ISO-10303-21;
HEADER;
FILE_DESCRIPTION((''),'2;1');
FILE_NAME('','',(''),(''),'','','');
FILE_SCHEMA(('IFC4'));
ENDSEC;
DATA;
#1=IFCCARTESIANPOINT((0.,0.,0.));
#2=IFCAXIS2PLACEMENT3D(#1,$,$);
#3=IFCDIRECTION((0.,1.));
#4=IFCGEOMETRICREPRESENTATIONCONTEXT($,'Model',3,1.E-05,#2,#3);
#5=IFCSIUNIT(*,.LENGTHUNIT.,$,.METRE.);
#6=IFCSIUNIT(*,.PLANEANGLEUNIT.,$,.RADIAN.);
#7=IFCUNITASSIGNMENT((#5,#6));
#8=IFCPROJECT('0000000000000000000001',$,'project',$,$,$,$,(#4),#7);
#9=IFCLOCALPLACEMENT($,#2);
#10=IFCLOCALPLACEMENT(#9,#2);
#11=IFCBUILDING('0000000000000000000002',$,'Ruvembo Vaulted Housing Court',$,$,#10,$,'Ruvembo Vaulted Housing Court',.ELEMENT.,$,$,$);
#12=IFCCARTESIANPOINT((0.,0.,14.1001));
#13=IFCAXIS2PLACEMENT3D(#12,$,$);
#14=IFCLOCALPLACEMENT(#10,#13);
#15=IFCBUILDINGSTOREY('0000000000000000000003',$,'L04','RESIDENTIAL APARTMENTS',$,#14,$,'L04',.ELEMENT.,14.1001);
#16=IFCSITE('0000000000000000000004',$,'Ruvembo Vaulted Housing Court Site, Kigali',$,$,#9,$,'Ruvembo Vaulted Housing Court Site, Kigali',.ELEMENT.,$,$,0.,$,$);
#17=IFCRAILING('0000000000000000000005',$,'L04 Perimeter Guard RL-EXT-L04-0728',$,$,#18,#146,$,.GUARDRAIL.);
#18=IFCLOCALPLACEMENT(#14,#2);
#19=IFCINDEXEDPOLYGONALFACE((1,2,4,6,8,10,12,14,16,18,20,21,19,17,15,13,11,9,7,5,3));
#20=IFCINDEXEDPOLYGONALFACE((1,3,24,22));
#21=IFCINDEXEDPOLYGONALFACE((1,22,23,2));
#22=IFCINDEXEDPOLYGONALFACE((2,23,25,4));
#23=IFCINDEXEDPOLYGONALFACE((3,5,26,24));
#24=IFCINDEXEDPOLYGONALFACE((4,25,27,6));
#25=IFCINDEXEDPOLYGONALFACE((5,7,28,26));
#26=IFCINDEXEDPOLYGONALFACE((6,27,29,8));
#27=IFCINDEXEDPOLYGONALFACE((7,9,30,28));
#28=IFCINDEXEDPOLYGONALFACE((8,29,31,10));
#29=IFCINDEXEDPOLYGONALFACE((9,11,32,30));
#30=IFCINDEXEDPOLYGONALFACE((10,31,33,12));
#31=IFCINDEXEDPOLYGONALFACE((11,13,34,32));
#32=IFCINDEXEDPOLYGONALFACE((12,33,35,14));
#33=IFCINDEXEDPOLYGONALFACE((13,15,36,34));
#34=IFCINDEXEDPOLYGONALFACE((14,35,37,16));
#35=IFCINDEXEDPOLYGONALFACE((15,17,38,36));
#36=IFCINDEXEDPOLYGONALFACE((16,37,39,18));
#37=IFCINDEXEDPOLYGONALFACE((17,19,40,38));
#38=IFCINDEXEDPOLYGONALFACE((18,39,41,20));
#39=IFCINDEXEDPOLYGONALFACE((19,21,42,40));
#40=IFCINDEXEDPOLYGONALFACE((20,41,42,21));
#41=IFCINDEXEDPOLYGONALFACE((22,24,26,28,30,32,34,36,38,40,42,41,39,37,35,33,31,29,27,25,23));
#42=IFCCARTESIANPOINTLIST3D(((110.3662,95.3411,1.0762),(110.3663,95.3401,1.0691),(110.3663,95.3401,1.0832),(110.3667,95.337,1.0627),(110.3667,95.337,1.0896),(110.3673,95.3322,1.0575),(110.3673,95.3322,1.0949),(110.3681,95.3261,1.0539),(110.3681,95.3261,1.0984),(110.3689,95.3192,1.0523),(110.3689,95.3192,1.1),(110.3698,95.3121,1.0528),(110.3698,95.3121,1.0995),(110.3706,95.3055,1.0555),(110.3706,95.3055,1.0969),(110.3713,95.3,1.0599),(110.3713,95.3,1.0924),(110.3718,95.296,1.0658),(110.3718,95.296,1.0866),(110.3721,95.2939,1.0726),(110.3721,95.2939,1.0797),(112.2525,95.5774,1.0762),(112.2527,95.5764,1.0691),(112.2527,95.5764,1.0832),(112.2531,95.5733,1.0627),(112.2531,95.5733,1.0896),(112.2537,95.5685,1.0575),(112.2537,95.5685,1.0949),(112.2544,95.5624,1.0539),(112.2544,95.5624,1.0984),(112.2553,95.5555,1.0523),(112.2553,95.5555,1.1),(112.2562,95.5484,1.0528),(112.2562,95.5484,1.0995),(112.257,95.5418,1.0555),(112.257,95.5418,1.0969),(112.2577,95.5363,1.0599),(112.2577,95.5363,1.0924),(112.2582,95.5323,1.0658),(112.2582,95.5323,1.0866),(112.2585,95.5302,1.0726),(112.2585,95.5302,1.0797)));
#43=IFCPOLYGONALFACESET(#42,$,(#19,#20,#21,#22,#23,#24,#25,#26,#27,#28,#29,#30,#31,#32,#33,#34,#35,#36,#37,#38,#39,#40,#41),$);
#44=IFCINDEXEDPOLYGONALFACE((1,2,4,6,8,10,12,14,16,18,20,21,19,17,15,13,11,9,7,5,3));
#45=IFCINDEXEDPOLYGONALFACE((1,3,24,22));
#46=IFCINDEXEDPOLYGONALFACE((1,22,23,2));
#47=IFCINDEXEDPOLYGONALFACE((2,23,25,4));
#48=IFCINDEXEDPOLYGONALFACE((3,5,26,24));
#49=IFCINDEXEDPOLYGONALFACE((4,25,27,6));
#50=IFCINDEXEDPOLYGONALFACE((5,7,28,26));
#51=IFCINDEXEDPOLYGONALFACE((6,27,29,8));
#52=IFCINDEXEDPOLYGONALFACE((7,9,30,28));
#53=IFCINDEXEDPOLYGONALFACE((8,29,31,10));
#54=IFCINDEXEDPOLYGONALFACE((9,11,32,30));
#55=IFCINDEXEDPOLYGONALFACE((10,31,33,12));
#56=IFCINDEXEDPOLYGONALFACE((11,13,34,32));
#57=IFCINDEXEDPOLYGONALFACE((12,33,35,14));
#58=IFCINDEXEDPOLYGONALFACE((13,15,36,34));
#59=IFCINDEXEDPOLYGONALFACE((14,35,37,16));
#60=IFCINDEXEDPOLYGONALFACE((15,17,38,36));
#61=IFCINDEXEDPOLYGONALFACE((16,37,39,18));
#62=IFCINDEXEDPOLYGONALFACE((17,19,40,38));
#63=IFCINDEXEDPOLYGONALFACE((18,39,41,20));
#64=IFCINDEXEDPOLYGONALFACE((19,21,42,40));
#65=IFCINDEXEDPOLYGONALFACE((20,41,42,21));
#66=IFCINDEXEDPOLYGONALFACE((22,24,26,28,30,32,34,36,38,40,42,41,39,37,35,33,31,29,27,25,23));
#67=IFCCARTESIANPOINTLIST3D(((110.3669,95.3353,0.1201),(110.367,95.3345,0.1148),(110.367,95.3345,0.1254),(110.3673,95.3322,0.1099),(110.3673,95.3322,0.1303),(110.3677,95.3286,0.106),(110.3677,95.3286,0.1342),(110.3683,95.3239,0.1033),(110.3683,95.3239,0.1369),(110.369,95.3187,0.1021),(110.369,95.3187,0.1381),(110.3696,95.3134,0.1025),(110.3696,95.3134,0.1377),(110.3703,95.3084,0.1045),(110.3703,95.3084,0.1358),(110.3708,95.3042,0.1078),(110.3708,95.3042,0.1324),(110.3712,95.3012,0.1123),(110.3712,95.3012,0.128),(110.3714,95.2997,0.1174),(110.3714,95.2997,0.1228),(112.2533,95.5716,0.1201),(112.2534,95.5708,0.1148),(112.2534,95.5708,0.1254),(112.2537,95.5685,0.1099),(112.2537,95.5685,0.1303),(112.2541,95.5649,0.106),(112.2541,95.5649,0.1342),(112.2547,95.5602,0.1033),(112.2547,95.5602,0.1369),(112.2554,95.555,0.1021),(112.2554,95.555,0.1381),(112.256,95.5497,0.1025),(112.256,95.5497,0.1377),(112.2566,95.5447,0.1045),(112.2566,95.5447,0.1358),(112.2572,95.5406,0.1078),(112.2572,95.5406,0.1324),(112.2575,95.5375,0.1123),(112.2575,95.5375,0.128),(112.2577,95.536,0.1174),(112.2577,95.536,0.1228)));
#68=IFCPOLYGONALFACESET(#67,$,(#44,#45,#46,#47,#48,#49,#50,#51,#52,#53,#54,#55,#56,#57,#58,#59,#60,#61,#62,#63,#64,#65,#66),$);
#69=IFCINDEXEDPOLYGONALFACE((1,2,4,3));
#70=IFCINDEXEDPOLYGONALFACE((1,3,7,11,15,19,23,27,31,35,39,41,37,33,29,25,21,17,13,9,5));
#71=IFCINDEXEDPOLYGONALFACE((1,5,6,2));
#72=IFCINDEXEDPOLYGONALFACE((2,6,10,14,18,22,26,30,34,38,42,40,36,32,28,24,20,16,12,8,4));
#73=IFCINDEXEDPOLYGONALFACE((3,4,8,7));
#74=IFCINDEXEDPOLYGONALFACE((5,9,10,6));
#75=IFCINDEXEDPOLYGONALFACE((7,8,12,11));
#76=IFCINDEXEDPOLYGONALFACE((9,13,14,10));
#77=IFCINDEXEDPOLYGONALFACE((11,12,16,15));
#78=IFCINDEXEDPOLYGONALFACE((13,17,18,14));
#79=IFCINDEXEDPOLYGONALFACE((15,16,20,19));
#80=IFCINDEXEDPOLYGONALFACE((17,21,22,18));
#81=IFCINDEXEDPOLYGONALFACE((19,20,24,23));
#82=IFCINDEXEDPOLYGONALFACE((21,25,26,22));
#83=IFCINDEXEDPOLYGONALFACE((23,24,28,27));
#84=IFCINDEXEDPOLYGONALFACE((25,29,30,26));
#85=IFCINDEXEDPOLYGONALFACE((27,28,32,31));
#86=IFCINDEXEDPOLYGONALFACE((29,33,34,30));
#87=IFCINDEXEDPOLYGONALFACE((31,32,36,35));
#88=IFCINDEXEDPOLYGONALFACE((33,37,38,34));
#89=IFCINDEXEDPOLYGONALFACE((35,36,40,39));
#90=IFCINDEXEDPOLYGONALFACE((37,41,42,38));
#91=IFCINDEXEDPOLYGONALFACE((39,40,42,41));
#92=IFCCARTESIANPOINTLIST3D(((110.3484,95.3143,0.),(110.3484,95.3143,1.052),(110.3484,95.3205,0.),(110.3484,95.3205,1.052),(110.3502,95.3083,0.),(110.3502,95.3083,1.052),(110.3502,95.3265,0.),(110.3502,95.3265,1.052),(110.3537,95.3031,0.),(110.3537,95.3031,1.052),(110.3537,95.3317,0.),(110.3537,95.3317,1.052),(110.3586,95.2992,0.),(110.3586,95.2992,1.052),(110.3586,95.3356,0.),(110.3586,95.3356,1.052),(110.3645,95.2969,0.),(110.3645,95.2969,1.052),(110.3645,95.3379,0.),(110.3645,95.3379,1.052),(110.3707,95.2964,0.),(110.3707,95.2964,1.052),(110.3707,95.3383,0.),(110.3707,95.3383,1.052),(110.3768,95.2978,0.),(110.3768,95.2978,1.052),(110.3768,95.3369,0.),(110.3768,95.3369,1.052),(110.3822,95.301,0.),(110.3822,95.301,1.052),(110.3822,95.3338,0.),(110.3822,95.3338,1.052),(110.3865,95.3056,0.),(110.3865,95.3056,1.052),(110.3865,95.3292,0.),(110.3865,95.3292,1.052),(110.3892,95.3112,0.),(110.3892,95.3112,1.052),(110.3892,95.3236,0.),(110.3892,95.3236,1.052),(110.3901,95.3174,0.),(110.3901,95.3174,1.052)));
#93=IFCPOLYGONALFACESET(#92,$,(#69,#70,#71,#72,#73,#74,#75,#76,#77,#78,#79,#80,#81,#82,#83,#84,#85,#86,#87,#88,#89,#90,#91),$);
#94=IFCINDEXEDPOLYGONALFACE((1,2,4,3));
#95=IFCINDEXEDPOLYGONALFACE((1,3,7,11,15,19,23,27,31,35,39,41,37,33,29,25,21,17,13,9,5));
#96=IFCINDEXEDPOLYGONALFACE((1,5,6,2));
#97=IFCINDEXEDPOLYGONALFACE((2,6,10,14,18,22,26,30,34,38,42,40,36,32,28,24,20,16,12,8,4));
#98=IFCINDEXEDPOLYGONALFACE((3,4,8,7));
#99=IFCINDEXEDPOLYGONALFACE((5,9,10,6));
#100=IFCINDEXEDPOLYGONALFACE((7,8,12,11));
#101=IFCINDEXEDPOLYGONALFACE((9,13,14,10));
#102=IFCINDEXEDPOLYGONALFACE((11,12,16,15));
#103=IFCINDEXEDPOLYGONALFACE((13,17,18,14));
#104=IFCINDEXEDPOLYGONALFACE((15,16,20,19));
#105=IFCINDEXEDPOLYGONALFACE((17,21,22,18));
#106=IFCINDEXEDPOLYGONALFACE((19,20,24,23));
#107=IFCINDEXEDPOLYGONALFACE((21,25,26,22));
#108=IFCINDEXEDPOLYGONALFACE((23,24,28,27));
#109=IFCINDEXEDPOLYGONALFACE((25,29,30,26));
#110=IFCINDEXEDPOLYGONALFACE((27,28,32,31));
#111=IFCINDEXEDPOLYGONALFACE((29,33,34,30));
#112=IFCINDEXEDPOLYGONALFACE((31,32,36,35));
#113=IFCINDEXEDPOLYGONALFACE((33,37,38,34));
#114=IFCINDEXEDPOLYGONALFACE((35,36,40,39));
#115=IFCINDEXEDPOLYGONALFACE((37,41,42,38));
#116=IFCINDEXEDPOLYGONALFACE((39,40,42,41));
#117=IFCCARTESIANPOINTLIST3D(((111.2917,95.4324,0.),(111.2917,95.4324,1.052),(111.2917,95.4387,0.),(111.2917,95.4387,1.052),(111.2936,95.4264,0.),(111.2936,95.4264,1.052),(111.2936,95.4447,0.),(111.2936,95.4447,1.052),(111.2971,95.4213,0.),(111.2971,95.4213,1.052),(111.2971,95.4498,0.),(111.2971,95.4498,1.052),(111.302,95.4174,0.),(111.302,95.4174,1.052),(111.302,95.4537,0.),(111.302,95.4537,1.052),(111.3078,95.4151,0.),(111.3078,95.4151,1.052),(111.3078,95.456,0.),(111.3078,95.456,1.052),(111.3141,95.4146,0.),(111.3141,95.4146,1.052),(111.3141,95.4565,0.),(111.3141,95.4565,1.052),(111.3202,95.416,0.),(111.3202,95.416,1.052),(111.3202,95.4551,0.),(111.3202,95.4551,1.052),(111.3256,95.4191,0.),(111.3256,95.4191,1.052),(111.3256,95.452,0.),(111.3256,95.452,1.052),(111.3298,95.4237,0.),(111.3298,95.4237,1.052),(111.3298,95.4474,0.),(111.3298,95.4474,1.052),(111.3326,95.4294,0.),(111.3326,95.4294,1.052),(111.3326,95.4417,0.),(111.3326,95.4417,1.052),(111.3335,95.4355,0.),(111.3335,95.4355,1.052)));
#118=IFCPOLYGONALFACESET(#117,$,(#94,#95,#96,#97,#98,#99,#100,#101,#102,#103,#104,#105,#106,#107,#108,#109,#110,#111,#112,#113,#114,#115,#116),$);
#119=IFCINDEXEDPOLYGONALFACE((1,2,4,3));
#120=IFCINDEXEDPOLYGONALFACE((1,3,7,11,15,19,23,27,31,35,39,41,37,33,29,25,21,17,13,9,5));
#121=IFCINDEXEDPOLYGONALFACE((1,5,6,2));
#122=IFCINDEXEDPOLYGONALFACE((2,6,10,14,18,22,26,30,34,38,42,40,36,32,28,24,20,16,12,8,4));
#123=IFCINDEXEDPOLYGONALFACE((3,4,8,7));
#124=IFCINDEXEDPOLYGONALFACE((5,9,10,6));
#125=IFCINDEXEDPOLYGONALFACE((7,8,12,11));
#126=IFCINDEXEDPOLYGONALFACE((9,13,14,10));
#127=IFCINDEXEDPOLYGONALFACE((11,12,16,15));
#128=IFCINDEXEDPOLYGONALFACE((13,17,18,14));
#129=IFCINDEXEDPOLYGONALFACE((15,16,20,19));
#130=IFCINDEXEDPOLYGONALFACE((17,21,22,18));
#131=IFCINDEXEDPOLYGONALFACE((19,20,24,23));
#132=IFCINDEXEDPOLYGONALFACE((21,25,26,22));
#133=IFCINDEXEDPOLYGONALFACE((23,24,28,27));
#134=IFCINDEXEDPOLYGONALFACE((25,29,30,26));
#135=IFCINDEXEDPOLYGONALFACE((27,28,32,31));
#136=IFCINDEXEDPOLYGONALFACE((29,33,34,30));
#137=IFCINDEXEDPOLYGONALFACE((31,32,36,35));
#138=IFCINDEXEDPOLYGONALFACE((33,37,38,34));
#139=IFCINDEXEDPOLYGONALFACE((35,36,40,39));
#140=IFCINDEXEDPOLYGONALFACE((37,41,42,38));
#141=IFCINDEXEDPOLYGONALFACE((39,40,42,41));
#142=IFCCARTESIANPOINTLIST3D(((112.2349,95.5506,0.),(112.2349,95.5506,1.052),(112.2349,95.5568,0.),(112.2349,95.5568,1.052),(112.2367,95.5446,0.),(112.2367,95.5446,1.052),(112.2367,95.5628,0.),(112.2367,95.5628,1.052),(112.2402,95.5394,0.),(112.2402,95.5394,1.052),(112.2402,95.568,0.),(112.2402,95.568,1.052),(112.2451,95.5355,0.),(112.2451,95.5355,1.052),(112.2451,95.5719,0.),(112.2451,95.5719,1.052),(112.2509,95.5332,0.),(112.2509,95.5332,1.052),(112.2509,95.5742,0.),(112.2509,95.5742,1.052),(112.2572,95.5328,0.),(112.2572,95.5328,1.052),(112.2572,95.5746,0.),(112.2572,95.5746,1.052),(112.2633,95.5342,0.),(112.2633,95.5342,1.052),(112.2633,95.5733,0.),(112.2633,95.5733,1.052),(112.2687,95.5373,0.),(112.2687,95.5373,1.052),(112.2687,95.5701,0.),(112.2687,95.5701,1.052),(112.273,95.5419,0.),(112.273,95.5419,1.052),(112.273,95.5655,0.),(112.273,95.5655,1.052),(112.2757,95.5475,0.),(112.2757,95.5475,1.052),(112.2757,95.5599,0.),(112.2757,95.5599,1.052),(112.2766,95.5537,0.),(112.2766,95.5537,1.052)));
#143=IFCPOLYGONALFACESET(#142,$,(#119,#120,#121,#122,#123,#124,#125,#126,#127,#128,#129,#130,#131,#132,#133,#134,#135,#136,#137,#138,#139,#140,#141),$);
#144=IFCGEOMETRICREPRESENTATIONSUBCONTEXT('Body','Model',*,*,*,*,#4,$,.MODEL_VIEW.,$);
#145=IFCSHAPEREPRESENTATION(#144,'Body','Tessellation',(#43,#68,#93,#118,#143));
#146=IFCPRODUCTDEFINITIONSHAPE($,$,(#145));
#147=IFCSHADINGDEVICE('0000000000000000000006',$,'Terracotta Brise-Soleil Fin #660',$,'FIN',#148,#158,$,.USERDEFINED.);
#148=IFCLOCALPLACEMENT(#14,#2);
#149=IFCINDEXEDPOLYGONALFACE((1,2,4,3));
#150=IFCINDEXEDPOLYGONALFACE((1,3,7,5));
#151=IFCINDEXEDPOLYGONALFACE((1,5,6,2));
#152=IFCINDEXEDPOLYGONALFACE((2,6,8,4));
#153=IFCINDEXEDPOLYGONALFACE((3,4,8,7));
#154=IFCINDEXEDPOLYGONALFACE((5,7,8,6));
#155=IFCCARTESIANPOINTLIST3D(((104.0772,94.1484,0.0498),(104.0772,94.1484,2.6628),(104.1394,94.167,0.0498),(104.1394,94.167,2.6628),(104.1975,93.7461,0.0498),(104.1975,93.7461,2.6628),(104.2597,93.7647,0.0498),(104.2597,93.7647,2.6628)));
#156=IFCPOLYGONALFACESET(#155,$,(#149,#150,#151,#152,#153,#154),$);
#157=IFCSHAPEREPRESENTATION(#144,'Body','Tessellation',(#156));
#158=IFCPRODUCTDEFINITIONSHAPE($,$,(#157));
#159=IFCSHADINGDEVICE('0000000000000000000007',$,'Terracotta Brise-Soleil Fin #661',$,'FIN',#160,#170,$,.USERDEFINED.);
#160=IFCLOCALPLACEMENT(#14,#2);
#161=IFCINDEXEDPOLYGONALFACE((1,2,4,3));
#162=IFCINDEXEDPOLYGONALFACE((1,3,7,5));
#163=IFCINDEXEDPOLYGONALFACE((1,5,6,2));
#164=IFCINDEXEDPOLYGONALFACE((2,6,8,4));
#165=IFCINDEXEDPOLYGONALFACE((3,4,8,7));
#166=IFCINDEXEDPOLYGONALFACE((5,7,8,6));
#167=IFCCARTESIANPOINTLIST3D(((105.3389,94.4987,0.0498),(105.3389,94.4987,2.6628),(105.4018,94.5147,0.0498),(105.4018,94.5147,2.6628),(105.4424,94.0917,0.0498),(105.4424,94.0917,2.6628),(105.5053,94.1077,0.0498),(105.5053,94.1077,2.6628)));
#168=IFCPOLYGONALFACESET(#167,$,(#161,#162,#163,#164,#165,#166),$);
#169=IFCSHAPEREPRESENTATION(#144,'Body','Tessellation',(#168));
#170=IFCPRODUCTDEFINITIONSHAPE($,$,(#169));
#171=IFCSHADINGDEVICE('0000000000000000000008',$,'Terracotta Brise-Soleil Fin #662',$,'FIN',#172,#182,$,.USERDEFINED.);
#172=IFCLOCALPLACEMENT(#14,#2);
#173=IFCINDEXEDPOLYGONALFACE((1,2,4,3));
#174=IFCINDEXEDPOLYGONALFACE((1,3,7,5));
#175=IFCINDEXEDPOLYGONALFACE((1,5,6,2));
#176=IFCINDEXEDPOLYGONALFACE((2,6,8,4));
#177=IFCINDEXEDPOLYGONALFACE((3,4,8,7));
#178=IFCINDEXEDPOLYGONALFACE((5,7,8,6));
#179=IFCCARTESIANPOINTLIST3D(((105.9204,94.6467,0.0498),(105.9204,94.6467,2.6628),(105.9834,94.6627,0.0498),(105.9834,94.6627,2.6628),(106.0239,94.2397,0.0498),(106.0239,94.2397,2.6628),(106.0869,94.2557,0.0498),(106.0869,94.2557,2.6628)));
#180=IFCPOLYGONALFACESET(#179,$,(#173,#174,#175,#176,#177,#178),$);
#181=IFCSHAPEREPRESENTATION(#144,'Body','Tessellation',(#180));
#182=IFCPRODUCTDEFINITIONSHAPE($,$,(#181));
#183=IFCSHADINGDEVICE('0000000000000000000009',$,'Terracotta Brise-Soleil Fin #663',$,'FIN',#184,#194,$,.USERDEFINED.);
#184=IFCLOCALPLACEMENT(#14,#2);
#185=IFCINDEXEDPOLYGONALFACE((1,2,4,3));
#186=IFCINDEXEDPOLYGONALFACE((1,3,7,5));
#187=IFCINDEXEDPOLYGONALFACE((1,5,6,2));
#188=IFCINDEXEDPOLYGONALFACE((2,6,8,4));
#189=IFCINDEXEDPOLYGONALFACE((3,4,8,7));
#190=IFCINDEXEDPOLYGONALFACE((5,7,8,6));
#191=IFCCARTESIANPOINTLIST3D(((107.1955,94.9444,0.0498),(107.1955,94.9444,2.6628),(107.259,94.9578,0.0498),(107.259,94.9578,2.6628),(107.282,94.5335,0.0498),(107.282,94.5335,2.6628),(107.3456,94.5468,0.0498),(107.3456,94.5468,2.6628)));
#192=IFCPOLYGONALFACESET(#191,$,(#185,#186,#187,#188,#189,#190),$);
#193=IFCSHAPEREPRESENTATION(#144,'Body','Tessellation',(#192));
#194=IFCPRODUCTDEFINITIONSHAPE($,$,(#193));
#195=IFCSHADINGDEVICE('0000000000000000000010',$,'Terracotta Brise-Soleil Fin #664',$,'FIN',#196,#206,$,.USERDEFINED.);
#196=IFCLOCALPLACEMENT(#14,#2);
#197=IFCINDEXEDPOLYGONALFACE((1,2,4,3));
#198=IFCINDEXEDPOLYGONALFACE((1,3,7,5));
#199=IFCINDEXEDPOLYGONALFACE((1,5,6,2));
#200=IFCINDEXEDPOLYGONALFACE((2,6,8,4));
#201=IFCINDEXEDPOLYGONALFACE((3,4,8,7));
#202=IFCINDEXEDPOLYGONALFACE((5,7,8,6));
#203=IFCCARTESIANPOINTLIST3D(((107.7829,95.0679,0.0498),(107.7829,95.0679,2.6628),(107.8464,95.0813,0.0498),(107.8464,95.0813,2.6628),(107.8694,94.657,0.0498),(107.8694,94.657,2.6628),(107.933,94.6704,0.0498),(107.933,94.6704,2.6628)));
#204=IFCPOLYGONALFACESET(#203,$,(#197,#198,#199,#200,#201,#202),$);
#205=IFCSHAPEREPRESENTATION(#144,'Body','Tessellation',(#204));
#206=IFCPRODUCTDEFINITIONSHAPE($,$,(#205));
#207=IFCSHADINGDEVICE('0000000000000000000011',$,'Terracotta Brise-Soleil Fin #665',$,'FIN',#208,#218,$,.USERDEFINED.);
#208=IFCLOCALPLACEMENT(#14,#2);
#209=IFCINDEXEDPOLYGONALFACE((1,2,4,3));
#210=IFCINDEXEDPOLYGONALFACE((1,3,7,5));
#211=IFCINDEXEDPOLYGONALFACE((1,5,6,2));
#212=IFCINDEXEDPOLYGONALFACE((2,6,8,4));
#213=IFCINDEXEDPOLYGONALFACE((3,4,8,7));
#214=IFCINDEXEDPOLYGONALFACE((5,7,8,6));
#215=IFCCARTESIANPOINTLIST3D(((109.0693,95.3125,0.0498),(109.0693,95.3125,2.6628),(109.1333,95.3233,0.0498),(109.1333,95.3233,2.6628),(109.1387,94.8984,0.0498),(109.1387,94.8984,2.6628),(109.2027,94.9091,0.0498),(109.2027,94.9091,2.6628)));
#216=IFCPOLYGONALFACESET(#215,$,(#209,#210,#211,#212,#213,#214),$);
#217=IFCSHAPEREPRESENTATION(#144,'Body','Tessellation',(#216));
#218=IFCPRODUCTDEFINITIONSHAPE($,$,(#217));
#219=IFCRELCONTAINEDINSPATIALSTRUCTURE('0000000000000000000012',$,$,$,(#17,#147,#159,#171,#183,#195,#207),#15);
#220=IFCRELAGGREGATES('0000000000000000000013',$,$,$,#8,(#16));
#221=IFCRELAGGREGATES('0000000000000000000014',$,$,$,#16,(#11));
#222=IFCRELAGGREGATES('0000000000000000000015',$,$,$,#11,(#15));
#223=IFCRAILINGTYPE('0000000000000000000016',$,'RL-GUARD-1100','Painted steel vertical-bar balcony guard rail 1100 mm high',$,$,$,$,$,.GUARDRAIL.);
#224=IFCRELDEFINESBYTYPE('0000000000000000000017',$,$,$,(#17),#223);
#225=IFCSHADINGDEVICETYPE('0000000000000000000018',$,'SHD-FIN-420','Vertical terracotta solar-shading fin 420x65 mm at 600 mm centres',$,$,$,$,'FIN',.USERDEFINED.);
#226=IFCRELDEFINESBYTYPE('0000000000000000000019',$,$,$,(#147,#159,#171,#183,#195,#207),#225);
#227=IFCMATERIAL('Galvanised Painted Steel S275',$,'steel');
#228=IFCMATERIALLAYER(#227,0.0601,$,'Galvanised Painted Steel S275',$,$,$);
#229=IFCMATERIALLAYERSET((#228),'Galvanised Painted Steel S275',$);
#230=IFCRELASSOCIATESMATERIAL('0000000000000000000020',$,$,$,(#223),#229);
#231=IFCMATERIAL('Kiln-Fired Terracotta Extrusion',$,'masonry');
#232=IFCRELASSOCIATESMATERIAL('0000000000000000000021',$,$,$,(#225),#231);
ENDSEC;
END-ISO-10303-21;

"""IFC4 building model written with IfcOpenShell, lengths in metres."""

from ifc_helpers import new_model, si_unit, direction, frame, origin, origin_2d, place, context, subcontext, project, spatial, rectangle, circle, extrude, material, layer, layer_set, type_object, element, save


model = new_model("IFC4")

# Units and contexts
model_context = context("Model", 3, precision=1e-05, world=origin(), true_north=direction((0.0, 1.0)))
body_context = subcontext(model_context, "Body", "Model", "MODEL_VIEW")
ifc_project = project(units=[si_unit("LENGTHUNIT", "METRE"), si_unit("PLANEANGLEUNIT", "RADIAN")], contexts=[model_context])

# Site, building, storey
site_placement = place(None, origin())
site = spatial("IfcSite", under=ifc_project, at=site_placement, Name="Ruvembo Vaulted Housing Court Site, Kigali", LongName="Ruvembo Vaulted Housing Court Site, Kigali", CompositionType="ELEMENT", RefElevation=0.0)
building_placement = place(site_placement, origin())
building = spatial("IfcBuilding", under=site, at=building_placement, Name="Ruvembo Vaulted Housing Court", LongName="Ruvembo Vaulted Housing Court", CompositionType="ELEMENT")
storey_placement = place(building_placement, frame((0.0, 0.0, 14.1001)))
storey = spatial("IfcBuildingStorey", under=building, at=storey_placement, Name="L04", Description="RESIDENTIAL APARTMENTS", LongName="L04", CompositionType="ELEMENT", Elevation=14.1001)

# Railing
ifc_material_1 = material(Name="Galvanised Painted Steel S275", Category="steel")
ifc_layer = layer(ifc_material_1, 0.0601, Name="Galvanised Painted Steel S275")
ifc_layer_set = layer_set([ifc_layer], Name="Galvanised Painted Steel S275")
railing_type = type_object("IfcRailingType", Name="RL-GUARD-1100", Description="Painted steel vertical-bar balcony guard rail 1100 mm high", PredefinedType="GUARDRAIL", material=ifc_layer_set)
railing_1_placement = place(storey_placement, frame((110.3691, 95.3174, 0.0)))
element("IfcRailing", 1, at=railing_1_placement, inside=storey, type_object=railing_type, Name="L04 Perimeter Guard RL-EXT-L04-0728", PredefinedType="GUARDRAIL", context=body_context, shape_type="SweptSolid", body=[
    extrude(circle(Radius=0.0239, at=origin_2d()), frame((0.0, 0.0, 1.0762), z_axis=(0.992244, 0.124303, 0.0), x_axis=(-0.124303, 0.992244, 0.0)), (0.0, 0.0, 1.0), 1.9011),
    extrude(circle(Radius=0.0181, at=origin_2d()), frame((0.0, 0.0, 0.1201), z_axis=(0.992244, 0.124303, 0.0), x_axis=(-0.124303, 0.992244, 0.0)), (0.0, 0.0, 1.0), 1.9011),
    extrude(circle(Radius=0.021, at=origin_2d()), origin(), (0.0, 0.0, 1.0), 1.052),
    extrude(circle(Radius=0.021, at=origin_2d()), frame((0.9434, 0.1182, 0.0)), (0.0, 0.0, 1.0), 1.052),
    extrude(circle(Radius=0.021, at=origin_2d()), frame((1.8865, 0.2363, 0.0)), (0.0, 0.0, 1.0), 1.052),
])

# Shading devices
ifc_material_2 = material(Name="Kiln-Fired Terracotta Extrusion", Category="masonry")
shading_device_type = type_object("IfcShadingDeviceType", Name="SHD-FIN-420", Description="Vertical terracotta solar-shading fin 420x65 mm at 600 mm centres", ElementType="FIN", PredefinedType="USERDEFINED", material=ifc_material_2)
for number, where, z_axis, x_axis, name in (
    (2, (104.1685, 93.9565, 0.0498), (0.0, 0.0, 1.0), (0.286491, -0.958083, 0.0), "Terracotta Brise-Soleil Fin #660"),
    (3, (105.4221, 94.3032, 0.0498), (0.0, 0.0, 1.0), (0.246492, -0.969145, 0.0), "Terracotta Brise-Soleil Fin #661"),
    (4, (106.0037, 94.4512, 0.0498), (0.0, 0.0, 1.0), (0.246492, -0.969145, 0.0), "Terracotta Brise-Soleil Fin #662"),
    (5, (107.2705, 94.7456, 0.0498), (0.0, 0.0, 1.0), (0.206102, -0.978531, 0.0), "Terracotta Brise-Soleil Fin #663"),
    (6, (107.8579, 94.8691, 0.0498), (0.0, 0.0, 1.0), (0.206102, -0.978531, 0.0), "Terracotta Brise-Soleil Fin #664"),
    (7, (109.136, 95.1108, 0.0498), (0.0, 0.0, 1.0), (0.165271, -0.986248, 0.0), "Terracotta Brise-Soleil Fin #665"),
):
    element("IfcShadingDevice", number, at=place(storey_placement, frame(where, z_axis=z_axis, x_axis=x_axis)), inside=storey, type_object=shading_device_type, Name=name, ObjectType="FIN", PredefinedType="USERDEFINED", context=body_context, shape_type="SweptSolid", body=[
        extrude(rectangle(XDim=0.4199, YDim=0.0649, at=origin_2d()), origin(), (0.0, 0.0, 1.0), 2.613),
    ])

save(model, "model.ifc")
